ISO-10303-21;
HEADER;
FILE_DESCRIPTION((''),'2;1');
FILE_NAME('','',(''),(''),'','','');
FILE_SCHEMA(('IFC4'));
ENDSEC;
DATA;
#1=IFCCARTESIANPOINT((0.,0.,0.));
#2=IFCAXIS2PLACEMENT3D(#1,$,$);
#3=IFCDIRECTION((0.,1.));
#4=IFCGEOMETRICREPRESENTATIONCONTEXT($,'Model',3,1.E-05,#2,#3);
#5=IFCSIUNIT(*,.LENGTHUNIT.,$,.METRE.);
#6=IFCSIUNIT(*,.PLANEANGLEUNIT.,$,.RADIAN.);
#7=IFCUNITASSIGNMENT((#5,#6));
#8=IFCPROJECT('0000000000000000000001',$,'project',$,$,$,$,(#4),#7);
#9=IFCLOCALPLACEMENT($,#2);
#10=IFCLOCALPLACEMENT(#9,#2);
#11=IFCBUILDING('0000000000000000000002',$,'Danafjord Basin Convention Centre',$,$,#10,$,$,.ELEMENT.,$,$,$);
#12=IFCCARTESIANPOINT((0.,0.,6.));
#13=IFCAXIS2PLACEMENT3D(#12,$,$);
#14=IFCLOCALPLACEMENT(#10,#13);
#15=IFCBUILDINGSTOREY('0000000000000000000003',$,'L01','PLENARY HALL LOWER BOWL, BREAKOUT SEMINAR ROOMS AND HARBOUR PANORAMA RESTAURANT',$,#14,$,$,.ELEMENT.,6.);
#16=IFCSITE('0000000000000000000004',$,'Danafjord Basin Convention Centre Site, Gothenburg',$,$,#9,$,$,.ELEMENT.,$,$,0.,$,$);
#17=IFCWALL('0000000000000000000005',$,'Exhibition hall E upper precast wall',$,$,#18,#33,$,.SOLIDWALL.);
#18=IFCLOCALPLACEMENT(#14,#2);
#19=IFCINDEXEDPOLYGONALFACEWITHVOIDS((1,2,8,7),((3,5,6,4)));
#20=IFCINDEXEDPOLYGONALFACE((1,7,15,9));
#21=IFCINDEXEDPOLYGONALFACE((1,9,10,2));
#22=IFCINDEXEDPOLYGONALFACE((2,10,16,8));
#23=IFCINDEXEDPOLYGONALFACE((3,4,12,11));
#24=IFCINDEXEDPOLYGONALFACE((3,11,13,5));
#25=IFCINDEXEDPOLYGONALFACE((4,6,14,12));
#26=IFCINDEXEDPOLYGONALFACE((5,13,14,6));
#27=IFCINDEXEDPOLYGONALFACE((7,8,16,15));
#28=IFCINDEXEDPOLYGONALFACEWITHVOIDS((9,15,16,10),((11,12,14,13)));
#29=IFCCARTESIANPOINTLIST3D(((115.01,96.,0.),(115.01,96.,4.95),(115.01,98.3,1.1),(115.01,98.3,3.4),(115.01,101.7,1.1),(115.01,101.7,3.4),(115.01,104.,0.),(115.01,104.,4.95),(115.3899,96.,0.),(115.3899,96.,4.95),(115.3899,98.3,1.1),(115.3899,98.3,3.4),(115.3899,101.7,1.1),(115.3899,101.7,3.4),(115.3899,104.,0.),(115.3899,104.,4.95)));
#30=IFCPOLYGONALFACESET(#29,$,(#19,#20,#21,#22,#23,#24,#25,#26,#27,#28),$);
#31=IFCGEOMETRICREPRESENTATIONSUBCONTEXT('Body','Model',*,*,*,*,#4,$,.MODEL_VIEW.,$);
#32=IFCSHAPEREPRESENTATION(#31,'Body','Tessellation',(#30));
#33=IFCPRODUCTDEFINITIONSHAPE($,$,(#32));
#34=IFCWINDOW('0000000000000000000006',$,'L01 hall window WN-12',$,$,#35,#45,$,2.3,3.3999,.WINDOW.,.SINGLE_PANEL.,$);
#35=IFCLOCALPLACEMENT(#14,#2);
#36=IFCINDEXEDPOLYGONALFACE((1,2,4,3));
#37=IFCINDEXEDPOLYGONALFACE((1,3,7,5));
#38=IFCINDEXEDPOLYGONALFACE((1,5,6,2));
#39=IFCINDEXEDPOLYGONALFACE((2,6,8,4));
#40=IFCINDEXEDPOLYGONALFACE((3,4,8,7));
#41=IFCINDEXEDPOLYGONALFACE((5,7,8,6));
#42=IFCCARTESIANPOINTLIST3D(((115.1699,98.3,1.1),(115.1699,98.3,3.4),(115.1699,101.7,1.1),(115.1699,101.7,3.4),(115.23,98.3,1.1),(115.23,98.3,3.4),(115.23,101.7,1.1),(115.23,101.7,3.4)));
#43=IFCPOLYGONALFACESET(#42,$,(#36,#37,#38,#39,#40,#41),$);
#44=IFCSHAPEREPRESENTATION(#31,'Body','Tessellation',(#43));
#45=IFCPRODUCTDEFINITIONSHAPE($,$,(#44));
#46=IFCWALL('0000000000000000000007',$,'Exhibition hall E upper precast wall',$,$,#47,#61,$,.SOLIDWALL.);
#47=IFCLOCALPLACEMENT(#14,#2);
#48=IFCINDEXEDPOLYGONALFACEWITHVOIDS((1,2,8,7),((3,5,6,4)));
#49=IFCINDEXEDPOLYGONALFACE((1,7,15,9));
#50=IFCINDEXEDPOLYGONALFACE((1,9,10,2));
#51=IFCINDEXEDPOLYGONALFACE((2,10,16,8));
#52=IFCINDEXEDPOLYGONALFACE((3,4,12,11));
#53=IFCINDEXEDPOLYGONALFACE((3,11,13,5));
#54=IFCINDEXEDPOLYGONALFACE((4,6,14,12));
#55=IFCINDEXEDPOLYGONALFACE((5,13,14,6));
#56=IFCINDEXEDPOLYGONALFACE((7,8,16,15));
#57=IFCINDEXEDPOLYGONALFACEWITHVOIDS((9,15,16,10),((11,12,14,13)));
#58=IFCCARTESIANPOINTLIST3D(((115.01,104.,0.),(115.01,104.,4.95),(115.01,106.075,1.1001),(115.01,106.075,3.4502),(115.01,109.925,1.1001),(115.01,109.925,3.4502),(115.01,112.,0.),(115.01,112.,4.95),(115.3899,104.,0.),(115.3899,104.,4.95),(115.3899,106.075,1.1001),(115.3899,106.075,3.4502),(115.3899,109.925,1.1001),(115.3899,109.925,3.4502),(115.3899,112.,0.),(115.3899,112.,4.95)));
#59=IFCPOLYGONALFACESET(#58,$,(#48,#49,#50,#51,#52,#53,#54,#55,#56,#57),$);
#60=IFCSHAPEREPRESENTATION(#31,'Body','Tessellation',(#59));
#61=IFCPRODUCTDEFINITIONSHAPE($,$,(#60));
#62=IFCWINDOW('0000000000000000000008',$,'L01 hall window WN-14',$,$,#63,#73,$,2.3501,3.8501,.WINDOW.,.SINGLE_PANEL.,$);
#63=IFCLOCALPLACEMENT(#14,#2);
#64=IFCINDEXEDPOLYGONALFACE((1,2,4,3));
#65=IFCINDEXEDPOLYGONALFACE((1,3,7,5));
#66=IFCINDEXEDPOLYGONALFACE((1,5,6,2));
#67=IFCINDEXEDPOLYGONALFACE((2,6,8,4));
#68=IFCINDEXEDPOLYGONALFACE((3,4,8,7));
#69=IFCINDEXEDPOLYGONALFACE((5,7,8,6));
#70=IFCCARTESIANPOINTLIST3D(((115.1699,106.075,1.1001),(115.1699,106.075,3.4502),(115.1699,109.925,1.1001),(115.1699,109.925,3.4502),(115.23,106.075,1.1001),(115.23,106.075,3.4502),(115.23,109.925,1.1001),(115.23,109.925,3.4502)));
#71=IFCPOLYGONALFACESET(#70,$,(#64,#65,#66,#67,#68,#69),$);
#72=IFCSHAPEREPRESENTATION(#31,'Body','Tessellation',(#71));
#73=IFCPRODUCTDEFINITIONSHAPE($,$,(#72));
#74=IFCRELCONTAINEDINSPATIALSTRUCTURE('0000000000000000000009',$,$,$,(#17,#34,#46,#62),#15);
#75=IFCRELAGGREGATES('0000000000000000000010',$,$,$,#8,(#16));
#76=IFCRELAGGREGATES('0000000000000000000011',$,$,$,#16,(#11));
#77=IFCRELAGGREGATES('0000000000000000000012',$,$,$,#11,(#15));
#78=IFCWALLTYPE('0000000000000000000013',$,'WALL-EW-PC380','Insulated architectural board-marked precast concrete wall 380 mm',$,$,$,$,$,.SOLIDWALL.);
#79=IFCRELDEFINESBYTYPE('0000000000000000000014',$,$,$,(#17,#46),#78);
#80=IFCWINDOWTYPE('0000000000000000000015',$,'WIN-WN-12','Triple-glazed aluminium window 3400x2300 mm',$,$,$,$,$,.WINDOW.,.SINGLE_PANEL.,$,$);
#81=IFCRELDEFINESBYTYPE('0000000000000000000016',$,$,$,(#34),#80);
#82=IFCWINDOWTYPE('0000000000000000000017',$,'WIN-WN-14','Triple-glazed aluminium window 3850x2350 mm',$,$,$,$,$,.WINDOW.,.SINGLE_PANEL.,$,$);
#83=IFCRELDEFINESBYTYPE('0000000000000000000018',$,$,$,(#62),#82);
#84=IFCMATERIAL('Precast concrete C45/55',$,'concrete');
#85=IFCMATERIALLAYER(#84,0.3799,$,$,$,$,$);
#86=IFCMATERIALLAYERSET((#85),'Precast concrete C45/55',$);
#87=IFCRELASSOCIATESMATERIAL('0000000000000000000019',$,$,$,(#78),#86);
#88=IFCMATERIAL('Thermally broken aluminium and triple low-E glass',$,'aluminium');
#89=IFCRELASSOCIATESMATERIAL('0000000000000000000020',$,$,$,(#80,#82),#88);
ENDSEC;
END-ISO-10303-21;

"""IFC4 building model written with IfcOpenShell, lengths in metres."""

from ifc_helpers import new_model, si_unit, direction, frame, frame_2d, origin, place, context, subcontext, project, spatial, rectangle, extrude, material, layer, layer_set, type_object, element, fill, save


model = new_model("IFC4")

# Units and contexts
model_context = context("Model", 3, precision=1e-05, world=origin(), true_north=direction((0.0, 1.0)))
body_context = subcontext(model_context, "Body", "Model", "MODEL_VIEW")
ifc_project = project(units=[si_unit("LENGTHUNIT", "METRE"), si_unit("PLANEANGLEUNIT", "RADIAN")], contexts=[model_context])

# Site, building, storey
site_placement = place(None, origin())
site = spatial("IfcSite", under=ifc_project, at=site_placement, Name="Danafjord Basin Convention Centre Site, Gothenburg", CompositionType="ELEMENT", RefElevation=0.0)
building_placement = place(site_placement, origin())
building = spatial("IfcBuilding", under=site, at=building_placement, Name="Danafjord Basin Convention Centre", CompositionType="ELEMENT")
storey_placement = place(building_placement, frame((0.0, 0.0, 6.0)))
storey = spatial("IfcBuildingStorey", under=building, at=storey_placement, Name="L01", Description="PLENARY HALL LOWER BOWL, BREAKOUT SEMINAR ROOMS AND HARBOUR PANORAMA RESTAURANT", CompositionType="ELEMENT", Elevation=6.0)

# Walls, openings, windows
ifc_material_1 = material(Name="Precast concrete C45/55", Category="concrete")
ifc_layer_1 = layer(ifc_material_1, 0.3799)
ifc_layer_set_1 = layer_set([ifc_layer_1], Name="Precast concrete C45/55")
wall_type = type_object("IfcWallType", Name="WALL-EW-PC380", Description="Insulated architectural board-marked precast concrete wall 380 mm", PredefinedType="SOLIDWALL", material=ifc_layer_set_1)
wall_1_placement = place(storey_placement, frame((115.2, 96.0, 0.0), z_axis=(0.0, 0.0, 1.0), x_axis=(0.0, 1.0, 0.0)))
wall_1 = element("IfcWall", 1, at=wall_1_placement, inside=storey, type_object=wall_type, Name="Exhibition hall E upper precast wall", PredefinedType="SOLIDWALL", context=body_context, shape_type="SweptSolid", body=[
    extrude(rectangle(XDim=8.0, YDim=0.3799, at=frame_2d((4.0, 0.0))), origin(), (0.0, 0.0, 1.0), 4.95),
])
opening_1_placement = place(wall_1_placement, frame((2.3, 0.0, 1.1001)))
opening_1 = element("IfcOpeningElement", 2, at=opening_1_placement, cuts=wall_1, PredefinedType="OPENING", context=body_context, shape_type="SweptSolid", body=[
    extrude(rectangle(XDim=3.3999, YDim=2.3, at=frame_2d((1.7, 1.1499))), frame((0.0, 0.2, 0.0), z_axis=(0.0, -1.0, 0.0), x_axis=(1.0, 0.0, 0.0)), (0.0, 0.0, 1.0), 0.3999),
])
ifc_material_2 = material(Name="Thermally broken aluminium and triple low-E glass", Category="aluminium")
window_type_1 = type_object("IfcWindowType", Name="WIN-WN-12", Description="Triple-glazed aluminium window 3400x2300 mm", PartitioningType="SINGLE_PANEL", PredefinedType="WINDOW", material=ifc_material_2)
window_1_placement = place(opening_1_placement, origin())
window_1 = element("IfcWindow", 3, at=window_1_placement, inside=storey, type_object=window_type_1, Name="L01 hall window WN-12", OverallHeight=2.3, OverallWidth=3.3999, PartitioningType="SINGLE_PANEL", PredefinedType="WINDOW", context=body_context, shape_type="SweptSolid", body=[
    extrude(rectangle(XDim=3.3999, YDim=2.3, at=frame_2d((1.7, 1.1499))), frame((0.0, 0.03, 0.0), z_axis=(0.0, -1.0, 0.0), x_axis=(1.0, 0.0, 0.0)), (0.0, 0.0, 1.0), 0.0601),
])
fill(opening_1, window_1)
wall_2_placement = place(storey_placement, frame((115.2, 104.0, 0.0), z_axis=(0.0, 0.0, 1.0), x_axis=(0.0, 1.0, 0.0)))
wall_2 = element("IfcWall", 4, at=wall_2_placement, inside=storey, type_object=wall_type, Name="Exhibition hall E upper precast wall", PredefinedType="SOLIDWALL", context=body_context, shape_type="SweptSolid", body=[
    extrude(rectangle(XDim=8.0, YDim=0.3799, at=frame_2d((4.0, 0.0))), origin(), (0.0, 0.0, 1.0), 4.95),
])
opening_2_placement = place(wall_2_placement, frame((2.075, 0.0, 1.1001)))
opening_2 = element("IfcOpeningElement", 5, at=opening_2_placement, cuts=wall_2, PredefinedType="OPENING", context=body_context, shape_type="SweptSolid", body=[
    extrude(rectangle(XDim=3.8501, YDim=2.3501, at=frame_2d((1.925, 1.175))), frame((0.0, 0.2, 0.0), z_axis=(0.0, -1.0, 0.0), x_axis=(1.0, 0.0, 0.0)), (0.0, 0.0, 1.0), 0.3999),
])
window_type_2 = type_object("IfcWindowType", Name="WIN-WN-14", Description="Triple-glazed aluminium window 3850x2350 mm", PartitioningType="SINGLE_PANEL", PredefinedType="WINDOW", material=ifc_material_2)
window_2_placement = place(opening_2_placement, origin())
window_2 = element("IfcWindow", 6, at=window_2_placement, inside=storey, type_object=window_type_2, Name="L01 hall window WN-14", OverallHeight=2.3501, OverallWidth=3.8501, PartitioningType="SINGLE_PANEL", PredefinedType="WINDOW", context=body_context, shape_type="SweptSolid", body=[
    extrude(rectangle(XDim=3.8501, YDim=2.3501, at=frame_2d((1.925, 1.175))), frame((0.0, 0.03, 0.0), z_axis=(0.0, -1.0, 0.0), x_axis=(1.0, 0.0, 0.0)), (0.0, 0.0, 1.0), 0.0601),
])
fill(opening_2, window_2)

save(model, "model.ifc")
